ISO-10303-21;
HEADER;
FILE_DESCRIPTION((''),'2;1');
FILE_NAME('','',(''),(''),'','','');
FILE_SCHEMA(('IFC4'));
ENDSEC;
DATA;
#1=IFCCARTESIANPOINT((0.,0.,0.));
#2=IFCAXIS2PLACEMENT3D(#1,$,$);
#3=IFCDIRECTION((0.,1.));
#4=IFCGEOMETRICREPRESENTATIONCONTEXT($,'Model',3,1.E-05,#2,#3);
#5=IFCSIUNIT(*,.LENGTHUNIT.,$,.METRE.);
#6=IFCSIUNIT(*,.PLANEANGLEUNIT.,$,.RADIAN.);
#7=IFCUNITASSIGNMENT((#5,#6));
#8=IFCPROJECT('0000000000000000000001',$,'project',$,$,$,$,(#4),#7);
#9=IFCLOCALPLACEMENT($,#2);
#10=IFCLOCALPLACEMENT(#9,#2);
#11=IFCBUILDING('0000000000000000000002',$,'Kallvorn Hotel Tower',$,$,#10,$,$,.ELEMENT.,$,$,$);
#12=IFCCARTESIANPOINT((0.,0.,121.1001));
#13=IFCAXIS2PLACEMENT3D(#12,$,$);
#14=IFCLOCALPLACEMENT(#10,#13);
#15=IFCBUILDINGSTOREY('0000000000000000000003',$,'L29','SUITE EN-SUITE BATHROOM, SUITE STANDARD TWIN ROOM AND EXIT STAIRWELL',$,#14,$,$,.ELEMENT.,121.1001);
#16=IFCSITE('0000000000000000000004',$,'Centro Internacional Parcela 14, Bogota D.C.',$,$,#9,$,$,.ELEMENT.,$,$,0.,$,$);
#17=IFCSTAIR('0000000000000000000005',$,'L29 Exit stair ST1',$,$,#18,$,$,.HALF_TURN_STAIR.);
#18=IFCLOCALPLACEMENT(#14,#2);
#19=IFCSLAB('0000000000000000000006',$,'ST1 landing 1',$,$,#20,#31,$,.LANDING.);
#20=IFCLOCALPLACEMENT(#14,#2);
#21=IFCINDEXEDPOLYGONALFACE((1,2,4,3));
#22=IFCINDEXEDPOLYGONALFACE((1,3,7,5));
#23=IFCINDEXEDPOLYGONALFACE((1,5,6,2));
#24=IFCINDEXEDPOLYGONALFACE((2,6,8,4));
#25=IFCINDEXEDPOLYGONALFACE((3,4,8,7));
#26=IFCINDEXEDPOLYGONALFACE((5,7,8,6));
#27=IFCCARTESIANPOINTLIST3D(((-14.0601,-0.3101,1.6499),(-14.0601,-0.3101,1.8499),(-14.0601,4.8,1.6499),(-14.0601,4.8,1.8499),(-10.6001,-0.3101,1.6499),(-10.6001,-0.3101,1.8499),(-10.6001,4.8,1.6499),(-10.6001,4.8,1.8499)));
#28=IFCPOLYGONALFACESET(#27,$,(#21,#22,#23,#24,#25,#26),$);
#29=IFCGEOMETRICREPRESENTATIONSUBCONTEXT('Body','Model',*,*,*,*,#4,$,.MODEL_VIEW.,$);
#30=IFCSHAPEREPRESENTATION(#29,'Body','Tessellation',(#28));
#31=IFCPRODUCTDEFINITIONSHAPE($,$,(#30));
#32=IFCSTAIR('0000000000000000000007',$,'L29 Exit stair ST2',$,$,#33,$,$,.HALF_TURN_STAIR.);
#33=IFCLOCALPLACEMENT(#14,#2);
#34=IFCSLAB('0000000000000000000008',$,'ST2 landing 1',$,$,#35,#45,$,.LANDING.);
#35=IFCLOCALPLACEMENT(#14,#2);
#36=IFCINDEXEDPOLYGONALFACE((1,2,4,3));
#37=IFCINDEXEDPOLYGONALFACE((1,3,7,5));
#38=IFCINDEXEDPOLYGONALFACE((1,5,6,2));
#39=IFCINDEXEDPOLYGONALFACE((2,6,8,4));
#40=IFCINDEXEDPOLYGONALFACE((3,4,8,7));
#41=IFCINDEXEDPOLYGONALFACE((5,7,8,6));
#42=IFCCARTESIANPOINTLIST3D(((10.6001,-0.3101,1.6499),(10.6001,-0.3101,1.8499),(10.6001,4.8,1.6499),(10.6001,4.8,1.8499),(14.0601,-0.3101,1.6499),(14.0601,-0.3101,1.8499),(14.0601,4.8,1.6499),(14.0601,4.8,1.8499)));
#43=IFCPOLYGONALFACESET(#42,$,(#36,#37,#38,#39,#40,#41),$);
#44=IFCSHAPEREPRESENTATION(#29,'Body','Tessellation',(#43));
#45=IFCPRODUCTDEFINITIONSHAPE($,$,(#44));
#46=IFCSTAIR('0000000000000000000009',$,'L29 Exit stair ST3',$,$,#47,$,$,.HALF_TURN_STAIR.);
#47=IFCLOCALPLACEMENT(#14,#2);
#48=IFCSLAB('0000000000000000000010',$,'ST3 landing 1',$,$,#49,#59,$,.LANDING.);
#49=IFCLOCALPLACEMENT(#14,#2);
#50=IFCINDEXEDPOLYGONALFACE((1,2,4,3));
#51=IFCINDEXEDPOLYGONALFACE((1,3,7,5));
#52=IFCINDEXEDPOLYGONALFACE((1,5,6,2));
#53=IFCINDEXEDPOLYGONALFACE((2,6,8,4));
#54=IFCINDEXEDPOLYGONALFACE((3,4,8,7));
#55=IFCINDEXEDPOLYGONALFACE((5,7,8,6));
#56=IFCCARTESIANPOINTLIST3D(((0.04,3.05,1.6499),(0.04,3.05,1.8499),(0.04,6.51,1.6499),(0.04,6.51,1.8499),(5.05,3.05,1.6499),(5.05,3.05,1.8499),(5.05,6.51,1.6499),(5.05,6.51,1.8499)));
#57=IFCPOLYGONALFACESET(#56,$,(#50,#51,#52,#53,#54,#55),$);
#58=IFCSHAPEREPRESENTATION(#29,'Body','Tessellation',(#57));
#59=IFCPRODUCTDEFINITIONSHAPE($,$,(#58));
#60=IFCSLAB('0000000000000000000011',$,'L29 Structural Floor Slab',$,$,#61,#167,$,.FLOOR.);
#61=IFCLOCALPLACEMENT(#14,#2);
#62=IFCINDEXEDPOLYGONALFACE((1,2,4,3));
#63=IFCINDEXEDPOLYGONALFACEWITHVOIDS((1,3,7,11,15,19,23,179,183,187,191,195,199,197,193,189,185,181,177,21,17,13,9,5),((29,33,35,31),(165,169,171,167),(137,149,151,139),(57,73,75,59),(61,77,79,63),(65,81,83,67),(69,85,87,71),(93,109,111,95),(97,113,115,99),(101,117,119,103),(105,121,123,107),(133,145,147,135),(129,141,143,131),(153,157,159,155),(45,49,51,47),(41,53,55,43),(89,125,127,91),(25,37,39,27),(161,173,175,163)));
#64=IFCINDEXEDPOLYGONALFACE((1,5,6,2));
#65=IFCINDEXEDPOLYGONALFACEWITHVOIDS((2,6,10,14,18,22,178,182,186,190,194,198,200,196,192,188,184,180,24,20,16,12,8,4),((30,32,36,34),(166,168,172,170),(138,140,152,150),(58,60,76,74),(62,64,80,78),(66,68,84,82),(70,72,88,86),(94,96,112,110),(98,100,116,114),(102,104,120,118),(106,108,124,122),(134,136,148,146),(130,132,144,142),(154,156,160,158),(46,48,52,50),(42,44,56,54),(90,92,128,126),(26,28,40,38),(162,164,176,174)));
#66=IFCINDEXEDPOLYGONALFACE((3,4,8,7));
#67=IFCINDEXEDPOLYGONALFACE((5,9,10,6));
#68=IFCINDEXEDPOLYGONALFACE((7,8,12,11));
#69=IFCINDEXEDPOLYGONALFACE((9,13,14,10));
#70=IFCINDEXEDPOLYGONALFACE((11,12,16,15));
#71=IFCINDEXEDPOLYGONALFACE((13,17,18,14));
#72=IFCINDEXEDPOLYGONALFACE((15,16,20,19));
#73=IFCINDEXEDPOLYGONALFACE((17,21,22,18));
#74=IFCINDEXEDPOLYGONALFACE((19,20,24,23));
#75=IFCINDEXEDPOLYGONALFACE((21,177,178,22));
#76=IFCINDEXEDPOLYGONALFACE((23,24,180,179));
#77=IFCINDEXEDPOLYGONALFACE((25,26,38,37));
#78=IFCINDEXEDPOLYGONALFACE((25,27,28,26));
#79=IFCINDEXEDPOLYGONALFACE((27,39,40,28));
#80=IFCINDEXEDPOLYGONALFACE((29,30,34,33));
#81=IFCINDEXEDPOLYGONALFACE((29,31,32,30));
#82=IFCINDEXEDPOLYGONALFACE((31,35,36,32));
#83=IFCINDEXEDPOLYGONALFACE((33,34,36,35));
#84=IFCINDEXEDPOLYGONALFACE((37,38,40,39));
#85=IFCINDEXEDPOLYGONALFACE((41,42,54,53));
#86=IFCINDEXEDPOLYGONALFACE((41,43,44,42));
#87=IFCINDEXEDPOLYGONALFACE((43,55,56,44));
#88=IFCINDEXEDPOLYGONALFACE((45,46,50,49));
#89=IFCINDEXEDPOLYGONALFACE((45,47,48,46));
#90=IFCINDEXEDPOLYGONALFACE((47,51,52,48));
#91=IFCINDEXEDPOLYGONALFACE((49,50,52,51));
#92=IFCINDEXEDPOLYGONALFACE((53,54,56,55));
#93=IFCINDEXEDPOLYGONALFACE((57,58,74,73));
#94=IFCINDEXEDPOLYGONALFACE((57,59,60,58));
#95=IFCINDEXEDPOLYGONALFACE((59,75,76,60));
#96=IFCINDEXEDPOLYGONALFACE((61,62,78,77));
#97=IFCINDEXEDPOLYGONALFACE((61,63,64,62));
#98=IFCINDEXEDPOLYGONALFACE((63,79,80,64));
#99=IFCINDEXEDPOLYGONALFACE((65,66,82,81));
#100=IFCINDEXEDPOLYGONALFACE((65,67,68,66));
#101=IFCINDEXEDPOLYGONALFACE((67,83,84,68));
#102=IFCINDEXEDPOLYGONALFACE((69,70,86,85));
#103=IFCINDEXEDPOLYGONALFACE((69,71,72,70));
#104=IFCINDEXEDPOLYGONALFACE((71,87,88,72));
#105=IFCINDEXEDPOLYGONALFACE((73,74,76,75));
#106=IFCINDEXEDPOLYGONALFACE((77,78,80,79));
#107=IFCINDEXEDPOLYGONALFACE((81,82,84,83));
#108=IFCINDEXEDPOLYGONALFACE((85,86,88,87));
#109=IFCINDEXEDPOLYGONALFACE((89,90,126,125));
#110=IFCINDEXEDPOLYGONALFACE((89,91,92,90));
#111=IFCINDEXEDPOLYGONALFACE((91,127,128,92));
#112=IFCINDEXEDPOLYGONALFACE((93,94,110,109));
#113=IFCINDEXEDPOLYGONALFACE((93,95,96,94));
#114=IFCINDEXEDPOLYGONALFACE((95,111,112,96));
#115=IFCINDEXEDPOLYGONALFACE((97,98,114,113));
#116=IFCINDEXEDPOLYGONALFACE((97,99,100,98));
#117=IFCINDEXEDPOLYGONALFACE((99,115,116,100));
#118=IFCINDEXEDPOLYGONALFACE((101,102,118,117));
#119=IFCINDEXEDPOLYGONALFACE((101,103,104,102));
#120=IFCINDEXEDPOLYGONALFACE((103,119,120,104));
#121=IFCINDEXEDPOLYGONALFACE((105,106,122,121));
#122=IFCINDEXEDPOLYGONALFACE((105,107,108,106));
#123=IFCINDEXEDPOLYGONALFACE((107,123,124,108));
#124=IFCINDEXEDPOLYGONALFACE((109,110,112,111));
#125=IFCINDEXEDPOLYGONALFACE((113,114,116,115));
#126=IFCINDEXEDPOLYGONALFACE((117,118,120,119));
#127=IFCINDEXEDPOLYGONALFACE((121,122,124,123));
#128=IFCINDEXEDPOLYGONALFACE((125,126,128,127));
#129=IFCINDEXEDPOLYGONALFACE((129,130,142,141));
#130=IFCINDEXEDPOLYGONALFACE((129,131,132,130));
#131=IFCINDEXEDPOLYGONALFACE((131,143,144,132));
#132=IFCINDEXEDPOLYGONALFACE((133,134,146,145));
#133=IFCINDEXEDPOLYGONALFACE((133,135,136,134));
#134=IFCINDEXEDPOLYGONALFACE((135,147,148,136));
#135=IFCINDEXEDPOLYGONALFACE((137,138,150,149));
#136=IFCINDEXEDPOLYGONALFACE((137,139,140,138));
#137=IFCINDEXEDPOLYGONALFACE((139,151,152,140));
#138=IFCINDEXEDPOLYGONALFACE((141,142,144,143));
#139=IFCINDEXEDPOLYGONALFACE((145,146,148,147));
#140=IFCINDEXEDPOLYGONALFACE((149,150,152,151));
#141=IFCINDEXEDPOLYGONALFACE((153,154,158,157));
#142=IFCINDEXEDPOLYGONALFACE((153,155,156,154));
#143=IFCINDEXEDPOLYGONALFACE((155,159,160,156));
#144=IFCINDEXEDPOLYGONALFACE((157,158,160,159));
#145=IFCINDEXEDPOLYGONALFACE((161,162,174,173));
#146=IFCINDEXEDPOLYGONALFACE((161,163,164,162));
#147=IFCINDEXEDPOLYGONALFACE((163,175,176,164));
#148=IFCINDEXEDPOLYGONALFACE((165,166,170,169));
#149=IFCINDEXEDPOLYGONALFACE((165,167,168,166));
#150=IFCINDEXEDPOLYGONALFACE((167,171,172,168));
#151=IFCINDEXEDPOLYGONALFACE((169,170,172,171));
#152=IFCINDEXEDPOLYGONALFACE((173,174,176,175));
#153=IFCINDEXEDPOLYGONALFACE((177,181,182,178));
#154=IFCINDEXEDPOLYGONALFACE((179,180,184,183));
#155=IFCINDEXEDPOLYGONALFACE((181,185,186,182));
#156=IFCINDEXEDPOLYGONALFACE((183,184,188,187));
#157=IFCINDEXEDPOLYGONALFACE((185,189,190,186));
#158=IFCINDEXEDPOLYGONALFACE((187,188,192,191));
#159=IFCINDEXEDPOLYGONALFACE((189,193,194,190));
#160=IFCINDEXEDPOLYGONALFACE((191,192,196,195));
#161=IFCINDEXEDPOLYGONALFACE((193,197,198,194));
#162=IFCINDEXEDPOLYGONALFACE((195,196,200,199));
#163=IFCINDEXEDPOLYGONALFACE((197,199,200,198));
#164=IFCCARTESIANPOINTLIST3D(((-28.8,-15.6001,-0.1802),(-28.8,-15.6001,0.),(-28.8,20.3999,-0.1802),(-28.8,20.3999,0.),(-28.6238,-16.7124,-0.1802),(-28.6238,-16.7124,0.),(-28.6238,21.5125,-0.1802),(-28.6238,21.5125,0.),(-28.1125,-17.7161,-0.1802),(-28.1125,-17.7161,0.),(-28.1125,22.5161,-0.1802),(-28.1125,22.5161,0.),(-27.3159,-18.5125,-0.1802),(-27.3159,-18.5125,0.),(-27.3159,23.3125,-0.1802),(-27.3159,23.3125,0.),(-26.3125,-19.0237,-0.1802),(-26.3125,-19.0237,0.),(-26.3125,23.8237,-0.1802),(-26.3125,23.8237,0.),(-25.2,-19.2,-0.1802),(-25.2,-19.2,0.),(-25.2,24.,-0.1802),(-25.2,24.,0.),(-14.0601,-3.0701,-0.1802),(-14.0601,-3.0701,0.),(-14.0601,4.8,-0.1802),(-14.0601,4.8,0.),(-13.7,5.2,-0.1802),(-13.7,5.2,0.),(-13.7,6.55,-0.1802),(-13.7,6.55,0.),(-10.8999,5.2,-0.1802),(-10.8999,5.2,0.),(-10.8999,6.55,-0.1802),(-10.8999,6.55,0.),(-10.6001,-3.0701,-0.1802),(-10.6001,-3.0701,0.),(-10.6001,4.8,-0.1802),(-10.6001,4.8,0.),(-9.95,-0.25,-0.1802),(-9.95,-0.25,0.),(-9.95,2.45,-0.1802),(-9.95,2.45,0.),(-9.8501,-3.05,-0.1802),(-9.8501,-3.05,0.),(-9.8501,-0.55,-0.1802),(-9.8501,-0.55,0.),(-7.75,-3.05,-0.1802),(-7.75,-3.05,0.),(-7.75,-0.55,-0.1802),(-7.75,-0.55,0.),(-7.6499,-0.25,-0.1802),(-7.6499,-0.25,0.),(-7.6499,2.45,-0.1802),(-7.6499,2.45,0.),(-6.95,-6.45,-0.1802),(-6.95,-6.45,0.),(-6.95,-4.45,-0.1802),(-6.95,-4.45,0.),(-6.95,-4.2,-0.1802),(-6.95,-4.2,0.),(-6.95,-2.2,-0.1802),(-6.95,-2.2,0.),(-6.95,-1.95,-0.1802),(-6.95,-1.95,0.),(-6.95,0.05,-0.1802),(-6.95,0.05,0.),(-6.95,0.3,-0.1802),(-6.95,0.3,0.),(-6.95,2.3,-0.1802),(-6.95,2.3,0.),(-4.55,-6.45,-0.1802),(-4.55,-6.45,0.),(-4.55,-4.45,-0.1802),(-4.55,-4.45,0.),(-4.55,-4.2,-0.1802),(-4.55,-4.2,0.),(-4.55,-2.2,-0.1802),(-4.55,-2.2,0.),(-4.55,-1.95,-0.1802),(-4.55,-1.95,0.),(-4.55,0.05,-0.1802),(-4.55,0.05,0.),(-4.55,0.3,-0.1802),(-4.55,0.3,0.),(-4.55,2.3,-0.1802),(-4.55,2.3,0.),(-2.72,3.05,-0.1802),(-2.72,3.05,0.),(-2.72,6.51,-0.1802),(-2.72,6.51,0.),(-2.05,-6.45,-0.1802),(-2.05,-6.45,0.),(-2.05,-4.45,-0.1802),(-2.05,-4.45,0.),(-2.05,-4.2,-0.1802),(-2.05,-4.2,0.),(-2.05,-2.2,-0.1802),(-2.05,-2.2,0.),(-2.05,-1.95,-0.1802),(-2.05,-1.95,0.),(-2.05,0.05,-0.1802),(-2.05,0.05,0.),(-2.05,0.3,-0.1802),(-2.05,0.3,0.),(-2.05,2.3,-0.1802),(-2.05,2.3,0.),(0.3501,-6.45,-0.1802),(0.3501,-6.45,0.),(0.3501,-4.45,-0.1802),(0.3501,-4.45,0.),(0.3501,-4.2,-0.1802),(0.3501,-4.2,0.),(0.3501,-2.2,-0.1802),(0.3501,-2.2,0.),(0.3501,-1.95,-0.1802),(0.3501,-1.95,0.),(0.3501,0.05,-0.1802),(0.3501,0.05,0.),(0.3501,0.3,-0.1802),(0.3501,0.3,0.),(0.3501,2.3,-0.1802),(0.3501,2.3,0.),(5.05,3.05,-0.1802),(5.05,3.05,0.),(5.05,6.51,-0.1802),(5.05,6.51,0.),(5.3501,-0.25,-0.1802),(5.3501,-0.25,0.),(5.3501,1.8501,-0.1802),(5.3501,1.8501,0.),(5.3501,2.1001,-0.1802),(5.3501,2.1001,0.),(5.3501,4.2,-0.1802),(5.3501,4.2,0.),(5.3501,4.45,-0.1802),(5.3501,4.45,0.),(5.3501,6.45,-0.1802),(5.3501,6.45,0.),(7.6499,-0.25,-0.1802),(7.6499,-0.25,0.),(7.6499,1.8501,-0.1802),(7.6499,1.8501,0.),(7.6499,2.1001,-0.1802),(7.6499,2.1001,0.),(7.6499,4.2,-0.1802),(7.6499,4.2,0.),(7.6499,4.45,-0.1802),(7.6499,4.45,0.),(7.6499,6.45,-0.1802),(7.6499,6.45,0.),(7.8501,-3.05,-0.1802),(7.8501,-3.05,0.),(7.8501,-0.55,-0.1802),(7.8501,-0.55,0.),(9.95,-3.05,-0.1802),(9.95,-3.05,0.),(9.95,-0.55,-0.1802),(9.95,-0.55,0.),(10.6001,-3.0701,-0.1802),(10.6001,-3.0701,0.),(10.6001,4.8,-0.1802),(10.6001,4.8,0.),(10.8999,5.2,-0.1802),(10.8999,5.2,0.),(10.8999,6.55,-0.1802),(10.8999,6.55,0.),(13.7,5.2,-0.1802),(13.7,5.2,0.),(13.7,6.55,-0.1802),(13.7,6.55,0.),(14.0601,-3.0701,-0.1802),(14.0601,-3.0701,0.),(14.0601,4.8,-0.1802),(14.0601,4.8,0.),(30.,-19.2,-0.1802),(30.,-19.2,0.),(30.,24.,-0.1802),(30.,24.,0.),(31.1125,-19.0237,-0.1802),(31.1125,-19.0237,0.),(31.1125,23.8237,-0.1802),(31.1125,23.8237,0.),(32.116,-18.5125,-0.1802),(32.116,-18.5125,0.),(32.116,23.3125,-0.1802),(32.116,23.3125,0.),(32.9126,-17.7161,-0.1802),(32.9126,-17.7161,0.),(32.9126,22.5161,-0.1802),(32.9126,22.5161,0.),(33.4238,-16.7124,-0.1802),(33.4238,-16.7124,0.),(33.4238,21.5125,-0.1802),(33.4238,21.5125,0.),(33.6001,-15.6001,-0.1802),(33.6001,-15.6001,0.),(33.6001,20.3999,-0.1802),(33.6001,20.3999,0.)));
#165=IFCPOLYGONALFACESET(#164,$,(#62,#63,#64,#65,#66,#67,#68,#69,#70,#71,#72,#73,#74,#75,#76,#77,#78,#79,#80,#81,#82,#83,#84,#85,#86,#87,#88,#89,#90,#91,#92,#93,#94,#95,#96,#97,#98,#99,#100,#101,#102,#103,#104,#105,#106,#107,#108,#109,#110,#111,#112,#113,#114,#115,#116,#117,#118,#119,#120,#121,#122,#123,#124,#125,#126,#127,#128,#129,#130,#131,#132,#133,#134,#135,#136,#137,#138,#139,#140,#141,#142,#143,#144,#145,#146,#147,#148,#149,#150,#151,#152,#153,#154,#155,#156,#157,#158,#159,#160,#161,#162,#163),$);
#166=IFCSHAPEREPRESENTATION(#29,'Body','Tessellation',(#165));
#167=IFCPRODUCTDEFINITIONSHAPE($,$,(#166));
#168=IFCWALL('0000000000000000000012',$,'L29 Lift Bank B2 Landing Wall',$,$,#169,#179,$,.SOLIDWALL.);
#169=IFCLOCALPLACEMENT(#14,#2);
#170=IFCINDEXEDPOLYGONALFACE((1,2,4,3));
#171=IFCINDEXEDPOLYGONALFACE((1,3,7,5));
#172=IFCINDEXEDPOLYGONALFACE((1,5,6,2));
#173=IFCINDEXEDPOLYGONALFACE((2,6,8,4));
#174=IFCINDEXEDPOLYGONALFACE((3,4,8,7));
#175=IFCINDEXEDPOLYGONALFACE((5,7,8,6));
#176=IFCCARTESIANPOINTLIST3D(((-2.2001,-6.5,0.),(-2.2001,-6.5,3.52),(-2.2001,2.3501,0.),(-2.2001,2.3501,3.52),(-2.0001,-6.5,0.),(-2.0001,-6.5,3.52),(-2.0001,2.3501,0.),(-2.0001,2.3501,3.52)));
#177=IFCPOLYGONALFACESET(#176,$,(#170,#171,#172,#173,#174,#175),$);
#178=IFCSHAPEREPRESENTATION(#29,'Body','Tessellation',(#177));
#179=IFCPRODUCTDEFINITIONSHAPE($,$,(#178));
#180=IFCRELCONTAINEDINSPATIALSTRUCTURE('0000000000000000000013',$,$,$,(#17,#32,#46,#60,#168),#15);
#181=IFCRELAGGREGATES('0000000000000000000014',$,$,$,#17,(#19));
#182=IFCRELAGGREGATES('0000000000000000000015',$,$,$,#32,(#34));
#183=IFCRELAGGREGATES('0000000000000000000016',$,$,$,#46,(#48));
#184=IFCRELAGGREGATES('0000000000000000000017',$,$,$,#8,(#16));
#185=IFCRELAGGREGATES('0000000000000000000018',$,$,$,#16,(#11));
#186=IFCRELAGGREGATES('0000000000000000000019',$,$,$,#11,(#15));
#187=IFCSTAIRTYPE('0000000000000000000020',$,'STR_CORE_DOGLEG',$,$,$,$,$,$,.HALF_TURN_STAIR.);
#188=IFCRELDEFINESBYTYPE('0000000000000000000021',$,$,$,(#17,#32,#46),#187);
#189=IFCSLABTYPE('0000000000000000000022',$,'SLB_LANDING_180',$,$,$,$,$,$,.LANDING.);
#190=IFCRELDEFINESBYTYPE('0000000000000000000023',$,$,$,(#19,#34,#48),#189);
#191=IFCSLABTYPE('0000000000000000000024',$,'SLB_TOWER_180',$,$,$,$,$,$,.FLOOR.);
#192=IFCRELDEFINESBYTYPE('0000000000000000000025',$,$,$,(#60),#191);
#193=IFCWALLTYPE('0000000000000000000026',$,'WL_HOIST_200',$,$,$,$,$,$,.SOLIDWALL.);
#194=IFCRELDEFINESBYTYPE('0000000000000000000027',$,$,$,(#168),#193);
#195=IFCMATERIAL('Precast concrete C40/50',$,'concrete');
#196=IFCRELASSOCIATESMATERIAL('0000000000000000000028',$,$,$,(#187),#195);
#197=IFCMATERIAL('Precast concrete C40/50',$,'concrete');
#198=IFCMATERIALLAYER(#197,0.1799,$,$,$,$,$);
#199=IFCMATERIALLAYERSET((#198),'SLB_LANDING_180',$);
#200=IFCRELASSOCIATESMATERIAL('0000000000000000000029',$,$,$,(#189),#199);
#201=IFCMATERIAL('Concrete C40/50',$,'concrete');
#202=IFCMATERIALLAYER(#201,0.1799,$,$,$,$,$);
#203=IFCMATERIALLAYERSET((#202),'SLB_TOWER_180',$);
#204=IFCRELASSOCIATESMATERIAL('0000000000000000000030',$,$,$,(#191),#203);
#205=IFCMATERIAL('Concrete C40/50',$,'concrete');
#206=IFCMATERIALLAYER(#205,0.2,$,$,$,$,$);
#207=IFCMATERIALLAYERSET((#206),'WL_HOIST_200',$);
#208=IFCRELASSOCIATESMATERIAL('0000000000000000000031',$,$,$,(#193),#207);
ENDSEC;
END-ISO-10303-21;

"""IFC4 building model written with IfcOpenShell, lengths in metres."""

from ifc_helpers import new_model, si_unit, direction, frame, frame_2d, origin, place, context, subcontext, project, spatial, polyline, rectangle, outline, extrude, material, layer, layer_set, type_object, element, aggregate, save


model = new_model("IFC4")

# Units and contexts
model_context = context("Model", 3, precision=1e-05, world=origin(), true_north=direction((0.0, 1.0)))
body_context = subcontext(model_context, "Body", "Model", "MODEL_VIEW")
ifc_project = project(units=[si_unit("LENGTHUNIT", "METRE"), si_unit("PLANEANGLEUNIT", "RADIAN")], contexts=[model_context])

# Site, building, storey
site_placement = place(None, origin())
site = spatial("IfcSite", under=ifc_project, at=site_placement, Name="Centro Internacional Parcela 14, Bogota D.C.", CompositionType="ELEMENT", RefElevation=0.0)
building_placement = place(site_placement, origin())
building = spatial("IfcBuilding", under=site, at=building_placement, Name="Kallvorn Hotel Tower", CompositionType="ELEMENT")
storey_placement = place(building_placement, frame((0.0, 0.0, 121.1001)))
storey = spatial("IfcBuildingStorey", under=building, at=storey_placement, Name="L29", Description="SUITE EN-SUITE BATHROOM, SUITE STANDARD TWIN ROOM AND EXIT STAIRWELL", CompositionType="ELEMENT", Elevation=121.1001)

# Stairs, slabs
ifc_material_1 = material(Name="Precast concrete C40/50", Category="concrete")
stair_type = type_object("IfcStairType", Name="STR_CORE_DOGLEG", PredefinedType="HALF_TURN_STAIR", material=ifc_material_1)
stair_1_placement = place(storey_placement, origin())
stair_1 = element("IfcStair", 1, at=stair_1_placement, inside=storey, type_object=stair_type, Name="L29 Exit stair ST1", PredefinedType="HALF_TURN_STAIR")
ifc_material_2 = material(Name="Precast concrete C40/50", Category="concrete")
ifc_layer_1 = layer(ifc_material_2, 0.1799)
ifc_layer_set_1 = layer_set([ifc_layer_1], Name="SLB_LANDING_180")
slab_type_1 = type_object("IfcSlabType", Name="SLB_LANDING_180", PredefinedType="LANDING", material=ifc_layer_set_1)
slab_1_placement = place(storey_placement, frame((0.0, 0.0, 1.6499)))
slab_1 = element("IfcSlab", 2, at=slab_1_placement, type_object=slab_type_1, Name="ST1 landing 1", PredefinedType="LANDING", context=body_context, shape_type="SweptSolid", body=[
    extrude(outline(polyline([(-10.6001, -0.3101), (-10.6001, 4.8), (-14.0601, 4.8), (-14.0601, -0.3101), (-10.6001, -0.3101)])), origin(), (0.0, 0.0, 1.0), 0.2),
])
aggregate(stair_1, [slab_1])
stair_2_placement = place(storey_placement, origin())
stair_2 = element("IfcStair", 3, at=stair_2_placement, inside=storey, type_object=stair_type, Name="L29 Exit stair ST2", PredefinedType="HALF_TURN_STAIR")
slab_2_placement = place(storey_placement, frame((0.0, 0.0, 1.6499)))
slab_2 = element("IfcSlab", 4, at=slab_2_placement, type_object=slab_type_1, Name="ST2 landing 1", PredefinedType="LANDING", context=body_context, shape_type="SweptSolid", body=[
    extrude(outline(polyline([(14.0601, -0.3101), (14.0601, 4.8), (10.6001, 4.8), (10.6001, -0.3101), (14.0601, -0.3101)])), origin(), (0.0, 0.0, 1.0), 0.2),
])
aggregate(stair_2, [slab_2])
stair_3_placement = place(storey_placement, origin())
stair_3 = element("IfcStair", 5, at=stair_3_placement, inside=storey, type_object=stair_type, Name="L29 Exit stair ST3", PredefinedType="HALF_TURN_STAIR")
slab_3_placement = place(storey_placement, frame((0.0, 0.0, 1.6499)))
slab_3 = element("IfcSlab", 6, at=slab_3_placement, type_object=slab_type_1, Name="ST3 landing 1", PredefinedType="LANDING", context=body_context, shape_type="SweptSolid", body=[
    extrude(outline(polyline([(0.04, 3.05), (5.05, 3.05), (5.05, 6.51), (0.04, 6.51), (0.04, 3.05)])), origin(), (0.0, 0.0, 1.0), 0.2),
])
aggregate(stair_3, [slab_3])

# Slab
ifc_material_3 = material(Name="Concrete C40/50", Category="concrete")
ifc_layer_2 = layer(ifc_material_3, 0.1799)
ifc_layer_set_2 = layer_set([ifc_layer_2], Name="SLB_TOWER_180")
slab_type_2 = type_object("IfcSlabType", Name="SLB_TOWER_180", PredefinedType="FLOOR", material=ifc_layer_set_2)
slab_4_placement = place(storey_placement, frame((0.0, 0.0, -0.1802)))
element("IfcSlab", 7, at=slab_4_placement, inside=storey, type_object=slab_type_2, Name="L29 Structural Floor Slab", PredefinedType="FLOOR", context=body_context, shape_type="SweptSolid", body=[
    extrude(outline(polyline([(30.0, -19.2), (31.1125, -19.0237), (32.116, -18.5125), (32.9126, -17.7161), (33.4238, -16.7124), (33.6001, -15.6001), (33.6001, 20.3999), (33.4238, 21.5125), (32.9126, 22.5161), (32.116, 23.3125), (31.1125, 23.8237), (30.0, 24.0), (-25.2, 24.0), (-26.3125, 23.8237), (-27.3159, 23.3125), (-28.1125, 22.5161), (-28.6238, 21.5125), (-28.8, 20.3999), (-28.8, -15.6001), (-28.6238, -16.7124), (-28.1125, -17.7161), (-27.3159, -18.5125), (-26.3125, -19.0237), (-25.2, -19.2), (30.0, -19.2)]), holes=[polyline([(-10.6001, -3.0701), (-10.6001, 4.8), (-14.0601, 4.8), (-14.0601, -3.0701), (-10.6001, -3.0701)]), polyline([(14.0601, -3.0701), (14.0601, 4.8), (10.6001, 4.8), (10.6001, -3.0701), (14.0601, -3.0701)]), polyline([(-2.72, 3.05), (5.05, 3.05), (5.05, 6.51), (-2.72, 6.51), (-2.72, 3.05)]), polyline([(-6.95, -6.45), (-4.55, -6.45), (-4.55, -4.45), (-6.95, -4.45), (-6.95, -6.45)]), polyline([(-6.95, -4.2), (-4.55, -4.2), (-4.55, -2.2), (-6.95, -2.2), (-6.95, -4.2)]), polyline([(-6.95, -1.95), (-4.55, -1.95), (-4.55, 0.05), (-6.95, 0.05), (-6.95, -1.95)]), polyline([(-6.95, 0.3), (-4.55, 0.3), (-4.55, 2.3), (-6.95, 2.3), (-6.95, 0.3)]), polyline([(-2.05, -6.45), (0.3501, -6.45), (0.3501, -4.45), (-2.05, -4.45), (-2.05, -6.45)]), polyline([(-2.05, -4.2), (0.3501, -4.2), (0.3501, -2.2), (-2.05, -2.2), (-2.05, -4.2)]), polyline([(-2.05, -1.95), (0.3501, -1.95), (0.3501, 0.05), (-2.05, 0.05), (-2.05, -1.95)]), polyline([(-2.05, 0.3), (0.3501, 0.3), (0.3501, 2.3), (-2.05, 2.3), (-2.05, 0.3)]), polyline([(5.3501, -0.25), (7.6499, -0.25), (7.6499, 1.8501), (5.3501, 1.8501), (5.3501, -0.25)]), polyline([(5.3501, 2.1001), (7.6499, 2.1001), (7.6499, 4.2), (5.3501, 4.2), (5.3501, 2.1001)]), polyline([(5.3501, 4.45), (7.6499, 4.45), (7.6499, 6.45), (5.3501, 6.45), (5.3501, 4.45)]), polyline([(-9.8501, -3.05), (-7.75, -3.05), (-7.75, -0.55), (-9.8501, -0.55), (-9.8501, -3.05)]), polyline([(7.8501, -3.05), (9.95, -3.05), (9.95, -0.55), (7.8501, -0.55), (7.8501, -3.05)]), polyline([(-9.95, -0.25), (-7.6499, -0.25), (-7.6499, 2.45), (-9.95, 2.45), (-9.95, -0.25)]), polyline([(-13.7, 5.2), (-10.8999, 5.2), (-10.8999, 6.55), (-13.7, 6.55), (-13.7, 5.2)]), polyline([(10.8999, 5.2), (13.7, 5.2), (13.7, 6.55), (10.8999, 6.55), (10.8999, 5.2)])]), origin(), (0.0, 0.0, 1.0), 0.1802),
])

# Wall
ifc_material_4 = material(Name="Concrete C40/50", Category="concrete")
ifc_layer_3 = layer(ifc_material_4, 0.2)
ifc_layer_set_3 = layer_set([ifc_layer_3], Name="WL_HOIST_200")
wall_type_1 = type_object("IfcWallType", Name="WL_HOIST_200", PredefinedType="SOLIDWALL", material=ifc_layer_set_3)
for number, where, z_axis, x_axis, name in (
    (8, (-2.1001, -6.5, 0.0), (0.0, 0.0, 1.0), (0.0, 1.0, 0.0), "L29 Lift Bank B2 Landing Wall"),
):
    element("IfcWall", number, at=place(storey_placement, frame(where, z_axis=z_axis, x_axis=x_axis)), inside=storey, type_object=wall_type_1, Name=name, PredefinedType="SOLIDWALL", context=body_context, shape_type="SweptSolid", body=[
        extrude(rectangle(XDim=8.8501, YDim=0.2, at=frame_2d((4.425, 0.0))), origin(), (0.0, 0.0, 1.0), 3.52),
    ])

save(model, "model.ifc")
